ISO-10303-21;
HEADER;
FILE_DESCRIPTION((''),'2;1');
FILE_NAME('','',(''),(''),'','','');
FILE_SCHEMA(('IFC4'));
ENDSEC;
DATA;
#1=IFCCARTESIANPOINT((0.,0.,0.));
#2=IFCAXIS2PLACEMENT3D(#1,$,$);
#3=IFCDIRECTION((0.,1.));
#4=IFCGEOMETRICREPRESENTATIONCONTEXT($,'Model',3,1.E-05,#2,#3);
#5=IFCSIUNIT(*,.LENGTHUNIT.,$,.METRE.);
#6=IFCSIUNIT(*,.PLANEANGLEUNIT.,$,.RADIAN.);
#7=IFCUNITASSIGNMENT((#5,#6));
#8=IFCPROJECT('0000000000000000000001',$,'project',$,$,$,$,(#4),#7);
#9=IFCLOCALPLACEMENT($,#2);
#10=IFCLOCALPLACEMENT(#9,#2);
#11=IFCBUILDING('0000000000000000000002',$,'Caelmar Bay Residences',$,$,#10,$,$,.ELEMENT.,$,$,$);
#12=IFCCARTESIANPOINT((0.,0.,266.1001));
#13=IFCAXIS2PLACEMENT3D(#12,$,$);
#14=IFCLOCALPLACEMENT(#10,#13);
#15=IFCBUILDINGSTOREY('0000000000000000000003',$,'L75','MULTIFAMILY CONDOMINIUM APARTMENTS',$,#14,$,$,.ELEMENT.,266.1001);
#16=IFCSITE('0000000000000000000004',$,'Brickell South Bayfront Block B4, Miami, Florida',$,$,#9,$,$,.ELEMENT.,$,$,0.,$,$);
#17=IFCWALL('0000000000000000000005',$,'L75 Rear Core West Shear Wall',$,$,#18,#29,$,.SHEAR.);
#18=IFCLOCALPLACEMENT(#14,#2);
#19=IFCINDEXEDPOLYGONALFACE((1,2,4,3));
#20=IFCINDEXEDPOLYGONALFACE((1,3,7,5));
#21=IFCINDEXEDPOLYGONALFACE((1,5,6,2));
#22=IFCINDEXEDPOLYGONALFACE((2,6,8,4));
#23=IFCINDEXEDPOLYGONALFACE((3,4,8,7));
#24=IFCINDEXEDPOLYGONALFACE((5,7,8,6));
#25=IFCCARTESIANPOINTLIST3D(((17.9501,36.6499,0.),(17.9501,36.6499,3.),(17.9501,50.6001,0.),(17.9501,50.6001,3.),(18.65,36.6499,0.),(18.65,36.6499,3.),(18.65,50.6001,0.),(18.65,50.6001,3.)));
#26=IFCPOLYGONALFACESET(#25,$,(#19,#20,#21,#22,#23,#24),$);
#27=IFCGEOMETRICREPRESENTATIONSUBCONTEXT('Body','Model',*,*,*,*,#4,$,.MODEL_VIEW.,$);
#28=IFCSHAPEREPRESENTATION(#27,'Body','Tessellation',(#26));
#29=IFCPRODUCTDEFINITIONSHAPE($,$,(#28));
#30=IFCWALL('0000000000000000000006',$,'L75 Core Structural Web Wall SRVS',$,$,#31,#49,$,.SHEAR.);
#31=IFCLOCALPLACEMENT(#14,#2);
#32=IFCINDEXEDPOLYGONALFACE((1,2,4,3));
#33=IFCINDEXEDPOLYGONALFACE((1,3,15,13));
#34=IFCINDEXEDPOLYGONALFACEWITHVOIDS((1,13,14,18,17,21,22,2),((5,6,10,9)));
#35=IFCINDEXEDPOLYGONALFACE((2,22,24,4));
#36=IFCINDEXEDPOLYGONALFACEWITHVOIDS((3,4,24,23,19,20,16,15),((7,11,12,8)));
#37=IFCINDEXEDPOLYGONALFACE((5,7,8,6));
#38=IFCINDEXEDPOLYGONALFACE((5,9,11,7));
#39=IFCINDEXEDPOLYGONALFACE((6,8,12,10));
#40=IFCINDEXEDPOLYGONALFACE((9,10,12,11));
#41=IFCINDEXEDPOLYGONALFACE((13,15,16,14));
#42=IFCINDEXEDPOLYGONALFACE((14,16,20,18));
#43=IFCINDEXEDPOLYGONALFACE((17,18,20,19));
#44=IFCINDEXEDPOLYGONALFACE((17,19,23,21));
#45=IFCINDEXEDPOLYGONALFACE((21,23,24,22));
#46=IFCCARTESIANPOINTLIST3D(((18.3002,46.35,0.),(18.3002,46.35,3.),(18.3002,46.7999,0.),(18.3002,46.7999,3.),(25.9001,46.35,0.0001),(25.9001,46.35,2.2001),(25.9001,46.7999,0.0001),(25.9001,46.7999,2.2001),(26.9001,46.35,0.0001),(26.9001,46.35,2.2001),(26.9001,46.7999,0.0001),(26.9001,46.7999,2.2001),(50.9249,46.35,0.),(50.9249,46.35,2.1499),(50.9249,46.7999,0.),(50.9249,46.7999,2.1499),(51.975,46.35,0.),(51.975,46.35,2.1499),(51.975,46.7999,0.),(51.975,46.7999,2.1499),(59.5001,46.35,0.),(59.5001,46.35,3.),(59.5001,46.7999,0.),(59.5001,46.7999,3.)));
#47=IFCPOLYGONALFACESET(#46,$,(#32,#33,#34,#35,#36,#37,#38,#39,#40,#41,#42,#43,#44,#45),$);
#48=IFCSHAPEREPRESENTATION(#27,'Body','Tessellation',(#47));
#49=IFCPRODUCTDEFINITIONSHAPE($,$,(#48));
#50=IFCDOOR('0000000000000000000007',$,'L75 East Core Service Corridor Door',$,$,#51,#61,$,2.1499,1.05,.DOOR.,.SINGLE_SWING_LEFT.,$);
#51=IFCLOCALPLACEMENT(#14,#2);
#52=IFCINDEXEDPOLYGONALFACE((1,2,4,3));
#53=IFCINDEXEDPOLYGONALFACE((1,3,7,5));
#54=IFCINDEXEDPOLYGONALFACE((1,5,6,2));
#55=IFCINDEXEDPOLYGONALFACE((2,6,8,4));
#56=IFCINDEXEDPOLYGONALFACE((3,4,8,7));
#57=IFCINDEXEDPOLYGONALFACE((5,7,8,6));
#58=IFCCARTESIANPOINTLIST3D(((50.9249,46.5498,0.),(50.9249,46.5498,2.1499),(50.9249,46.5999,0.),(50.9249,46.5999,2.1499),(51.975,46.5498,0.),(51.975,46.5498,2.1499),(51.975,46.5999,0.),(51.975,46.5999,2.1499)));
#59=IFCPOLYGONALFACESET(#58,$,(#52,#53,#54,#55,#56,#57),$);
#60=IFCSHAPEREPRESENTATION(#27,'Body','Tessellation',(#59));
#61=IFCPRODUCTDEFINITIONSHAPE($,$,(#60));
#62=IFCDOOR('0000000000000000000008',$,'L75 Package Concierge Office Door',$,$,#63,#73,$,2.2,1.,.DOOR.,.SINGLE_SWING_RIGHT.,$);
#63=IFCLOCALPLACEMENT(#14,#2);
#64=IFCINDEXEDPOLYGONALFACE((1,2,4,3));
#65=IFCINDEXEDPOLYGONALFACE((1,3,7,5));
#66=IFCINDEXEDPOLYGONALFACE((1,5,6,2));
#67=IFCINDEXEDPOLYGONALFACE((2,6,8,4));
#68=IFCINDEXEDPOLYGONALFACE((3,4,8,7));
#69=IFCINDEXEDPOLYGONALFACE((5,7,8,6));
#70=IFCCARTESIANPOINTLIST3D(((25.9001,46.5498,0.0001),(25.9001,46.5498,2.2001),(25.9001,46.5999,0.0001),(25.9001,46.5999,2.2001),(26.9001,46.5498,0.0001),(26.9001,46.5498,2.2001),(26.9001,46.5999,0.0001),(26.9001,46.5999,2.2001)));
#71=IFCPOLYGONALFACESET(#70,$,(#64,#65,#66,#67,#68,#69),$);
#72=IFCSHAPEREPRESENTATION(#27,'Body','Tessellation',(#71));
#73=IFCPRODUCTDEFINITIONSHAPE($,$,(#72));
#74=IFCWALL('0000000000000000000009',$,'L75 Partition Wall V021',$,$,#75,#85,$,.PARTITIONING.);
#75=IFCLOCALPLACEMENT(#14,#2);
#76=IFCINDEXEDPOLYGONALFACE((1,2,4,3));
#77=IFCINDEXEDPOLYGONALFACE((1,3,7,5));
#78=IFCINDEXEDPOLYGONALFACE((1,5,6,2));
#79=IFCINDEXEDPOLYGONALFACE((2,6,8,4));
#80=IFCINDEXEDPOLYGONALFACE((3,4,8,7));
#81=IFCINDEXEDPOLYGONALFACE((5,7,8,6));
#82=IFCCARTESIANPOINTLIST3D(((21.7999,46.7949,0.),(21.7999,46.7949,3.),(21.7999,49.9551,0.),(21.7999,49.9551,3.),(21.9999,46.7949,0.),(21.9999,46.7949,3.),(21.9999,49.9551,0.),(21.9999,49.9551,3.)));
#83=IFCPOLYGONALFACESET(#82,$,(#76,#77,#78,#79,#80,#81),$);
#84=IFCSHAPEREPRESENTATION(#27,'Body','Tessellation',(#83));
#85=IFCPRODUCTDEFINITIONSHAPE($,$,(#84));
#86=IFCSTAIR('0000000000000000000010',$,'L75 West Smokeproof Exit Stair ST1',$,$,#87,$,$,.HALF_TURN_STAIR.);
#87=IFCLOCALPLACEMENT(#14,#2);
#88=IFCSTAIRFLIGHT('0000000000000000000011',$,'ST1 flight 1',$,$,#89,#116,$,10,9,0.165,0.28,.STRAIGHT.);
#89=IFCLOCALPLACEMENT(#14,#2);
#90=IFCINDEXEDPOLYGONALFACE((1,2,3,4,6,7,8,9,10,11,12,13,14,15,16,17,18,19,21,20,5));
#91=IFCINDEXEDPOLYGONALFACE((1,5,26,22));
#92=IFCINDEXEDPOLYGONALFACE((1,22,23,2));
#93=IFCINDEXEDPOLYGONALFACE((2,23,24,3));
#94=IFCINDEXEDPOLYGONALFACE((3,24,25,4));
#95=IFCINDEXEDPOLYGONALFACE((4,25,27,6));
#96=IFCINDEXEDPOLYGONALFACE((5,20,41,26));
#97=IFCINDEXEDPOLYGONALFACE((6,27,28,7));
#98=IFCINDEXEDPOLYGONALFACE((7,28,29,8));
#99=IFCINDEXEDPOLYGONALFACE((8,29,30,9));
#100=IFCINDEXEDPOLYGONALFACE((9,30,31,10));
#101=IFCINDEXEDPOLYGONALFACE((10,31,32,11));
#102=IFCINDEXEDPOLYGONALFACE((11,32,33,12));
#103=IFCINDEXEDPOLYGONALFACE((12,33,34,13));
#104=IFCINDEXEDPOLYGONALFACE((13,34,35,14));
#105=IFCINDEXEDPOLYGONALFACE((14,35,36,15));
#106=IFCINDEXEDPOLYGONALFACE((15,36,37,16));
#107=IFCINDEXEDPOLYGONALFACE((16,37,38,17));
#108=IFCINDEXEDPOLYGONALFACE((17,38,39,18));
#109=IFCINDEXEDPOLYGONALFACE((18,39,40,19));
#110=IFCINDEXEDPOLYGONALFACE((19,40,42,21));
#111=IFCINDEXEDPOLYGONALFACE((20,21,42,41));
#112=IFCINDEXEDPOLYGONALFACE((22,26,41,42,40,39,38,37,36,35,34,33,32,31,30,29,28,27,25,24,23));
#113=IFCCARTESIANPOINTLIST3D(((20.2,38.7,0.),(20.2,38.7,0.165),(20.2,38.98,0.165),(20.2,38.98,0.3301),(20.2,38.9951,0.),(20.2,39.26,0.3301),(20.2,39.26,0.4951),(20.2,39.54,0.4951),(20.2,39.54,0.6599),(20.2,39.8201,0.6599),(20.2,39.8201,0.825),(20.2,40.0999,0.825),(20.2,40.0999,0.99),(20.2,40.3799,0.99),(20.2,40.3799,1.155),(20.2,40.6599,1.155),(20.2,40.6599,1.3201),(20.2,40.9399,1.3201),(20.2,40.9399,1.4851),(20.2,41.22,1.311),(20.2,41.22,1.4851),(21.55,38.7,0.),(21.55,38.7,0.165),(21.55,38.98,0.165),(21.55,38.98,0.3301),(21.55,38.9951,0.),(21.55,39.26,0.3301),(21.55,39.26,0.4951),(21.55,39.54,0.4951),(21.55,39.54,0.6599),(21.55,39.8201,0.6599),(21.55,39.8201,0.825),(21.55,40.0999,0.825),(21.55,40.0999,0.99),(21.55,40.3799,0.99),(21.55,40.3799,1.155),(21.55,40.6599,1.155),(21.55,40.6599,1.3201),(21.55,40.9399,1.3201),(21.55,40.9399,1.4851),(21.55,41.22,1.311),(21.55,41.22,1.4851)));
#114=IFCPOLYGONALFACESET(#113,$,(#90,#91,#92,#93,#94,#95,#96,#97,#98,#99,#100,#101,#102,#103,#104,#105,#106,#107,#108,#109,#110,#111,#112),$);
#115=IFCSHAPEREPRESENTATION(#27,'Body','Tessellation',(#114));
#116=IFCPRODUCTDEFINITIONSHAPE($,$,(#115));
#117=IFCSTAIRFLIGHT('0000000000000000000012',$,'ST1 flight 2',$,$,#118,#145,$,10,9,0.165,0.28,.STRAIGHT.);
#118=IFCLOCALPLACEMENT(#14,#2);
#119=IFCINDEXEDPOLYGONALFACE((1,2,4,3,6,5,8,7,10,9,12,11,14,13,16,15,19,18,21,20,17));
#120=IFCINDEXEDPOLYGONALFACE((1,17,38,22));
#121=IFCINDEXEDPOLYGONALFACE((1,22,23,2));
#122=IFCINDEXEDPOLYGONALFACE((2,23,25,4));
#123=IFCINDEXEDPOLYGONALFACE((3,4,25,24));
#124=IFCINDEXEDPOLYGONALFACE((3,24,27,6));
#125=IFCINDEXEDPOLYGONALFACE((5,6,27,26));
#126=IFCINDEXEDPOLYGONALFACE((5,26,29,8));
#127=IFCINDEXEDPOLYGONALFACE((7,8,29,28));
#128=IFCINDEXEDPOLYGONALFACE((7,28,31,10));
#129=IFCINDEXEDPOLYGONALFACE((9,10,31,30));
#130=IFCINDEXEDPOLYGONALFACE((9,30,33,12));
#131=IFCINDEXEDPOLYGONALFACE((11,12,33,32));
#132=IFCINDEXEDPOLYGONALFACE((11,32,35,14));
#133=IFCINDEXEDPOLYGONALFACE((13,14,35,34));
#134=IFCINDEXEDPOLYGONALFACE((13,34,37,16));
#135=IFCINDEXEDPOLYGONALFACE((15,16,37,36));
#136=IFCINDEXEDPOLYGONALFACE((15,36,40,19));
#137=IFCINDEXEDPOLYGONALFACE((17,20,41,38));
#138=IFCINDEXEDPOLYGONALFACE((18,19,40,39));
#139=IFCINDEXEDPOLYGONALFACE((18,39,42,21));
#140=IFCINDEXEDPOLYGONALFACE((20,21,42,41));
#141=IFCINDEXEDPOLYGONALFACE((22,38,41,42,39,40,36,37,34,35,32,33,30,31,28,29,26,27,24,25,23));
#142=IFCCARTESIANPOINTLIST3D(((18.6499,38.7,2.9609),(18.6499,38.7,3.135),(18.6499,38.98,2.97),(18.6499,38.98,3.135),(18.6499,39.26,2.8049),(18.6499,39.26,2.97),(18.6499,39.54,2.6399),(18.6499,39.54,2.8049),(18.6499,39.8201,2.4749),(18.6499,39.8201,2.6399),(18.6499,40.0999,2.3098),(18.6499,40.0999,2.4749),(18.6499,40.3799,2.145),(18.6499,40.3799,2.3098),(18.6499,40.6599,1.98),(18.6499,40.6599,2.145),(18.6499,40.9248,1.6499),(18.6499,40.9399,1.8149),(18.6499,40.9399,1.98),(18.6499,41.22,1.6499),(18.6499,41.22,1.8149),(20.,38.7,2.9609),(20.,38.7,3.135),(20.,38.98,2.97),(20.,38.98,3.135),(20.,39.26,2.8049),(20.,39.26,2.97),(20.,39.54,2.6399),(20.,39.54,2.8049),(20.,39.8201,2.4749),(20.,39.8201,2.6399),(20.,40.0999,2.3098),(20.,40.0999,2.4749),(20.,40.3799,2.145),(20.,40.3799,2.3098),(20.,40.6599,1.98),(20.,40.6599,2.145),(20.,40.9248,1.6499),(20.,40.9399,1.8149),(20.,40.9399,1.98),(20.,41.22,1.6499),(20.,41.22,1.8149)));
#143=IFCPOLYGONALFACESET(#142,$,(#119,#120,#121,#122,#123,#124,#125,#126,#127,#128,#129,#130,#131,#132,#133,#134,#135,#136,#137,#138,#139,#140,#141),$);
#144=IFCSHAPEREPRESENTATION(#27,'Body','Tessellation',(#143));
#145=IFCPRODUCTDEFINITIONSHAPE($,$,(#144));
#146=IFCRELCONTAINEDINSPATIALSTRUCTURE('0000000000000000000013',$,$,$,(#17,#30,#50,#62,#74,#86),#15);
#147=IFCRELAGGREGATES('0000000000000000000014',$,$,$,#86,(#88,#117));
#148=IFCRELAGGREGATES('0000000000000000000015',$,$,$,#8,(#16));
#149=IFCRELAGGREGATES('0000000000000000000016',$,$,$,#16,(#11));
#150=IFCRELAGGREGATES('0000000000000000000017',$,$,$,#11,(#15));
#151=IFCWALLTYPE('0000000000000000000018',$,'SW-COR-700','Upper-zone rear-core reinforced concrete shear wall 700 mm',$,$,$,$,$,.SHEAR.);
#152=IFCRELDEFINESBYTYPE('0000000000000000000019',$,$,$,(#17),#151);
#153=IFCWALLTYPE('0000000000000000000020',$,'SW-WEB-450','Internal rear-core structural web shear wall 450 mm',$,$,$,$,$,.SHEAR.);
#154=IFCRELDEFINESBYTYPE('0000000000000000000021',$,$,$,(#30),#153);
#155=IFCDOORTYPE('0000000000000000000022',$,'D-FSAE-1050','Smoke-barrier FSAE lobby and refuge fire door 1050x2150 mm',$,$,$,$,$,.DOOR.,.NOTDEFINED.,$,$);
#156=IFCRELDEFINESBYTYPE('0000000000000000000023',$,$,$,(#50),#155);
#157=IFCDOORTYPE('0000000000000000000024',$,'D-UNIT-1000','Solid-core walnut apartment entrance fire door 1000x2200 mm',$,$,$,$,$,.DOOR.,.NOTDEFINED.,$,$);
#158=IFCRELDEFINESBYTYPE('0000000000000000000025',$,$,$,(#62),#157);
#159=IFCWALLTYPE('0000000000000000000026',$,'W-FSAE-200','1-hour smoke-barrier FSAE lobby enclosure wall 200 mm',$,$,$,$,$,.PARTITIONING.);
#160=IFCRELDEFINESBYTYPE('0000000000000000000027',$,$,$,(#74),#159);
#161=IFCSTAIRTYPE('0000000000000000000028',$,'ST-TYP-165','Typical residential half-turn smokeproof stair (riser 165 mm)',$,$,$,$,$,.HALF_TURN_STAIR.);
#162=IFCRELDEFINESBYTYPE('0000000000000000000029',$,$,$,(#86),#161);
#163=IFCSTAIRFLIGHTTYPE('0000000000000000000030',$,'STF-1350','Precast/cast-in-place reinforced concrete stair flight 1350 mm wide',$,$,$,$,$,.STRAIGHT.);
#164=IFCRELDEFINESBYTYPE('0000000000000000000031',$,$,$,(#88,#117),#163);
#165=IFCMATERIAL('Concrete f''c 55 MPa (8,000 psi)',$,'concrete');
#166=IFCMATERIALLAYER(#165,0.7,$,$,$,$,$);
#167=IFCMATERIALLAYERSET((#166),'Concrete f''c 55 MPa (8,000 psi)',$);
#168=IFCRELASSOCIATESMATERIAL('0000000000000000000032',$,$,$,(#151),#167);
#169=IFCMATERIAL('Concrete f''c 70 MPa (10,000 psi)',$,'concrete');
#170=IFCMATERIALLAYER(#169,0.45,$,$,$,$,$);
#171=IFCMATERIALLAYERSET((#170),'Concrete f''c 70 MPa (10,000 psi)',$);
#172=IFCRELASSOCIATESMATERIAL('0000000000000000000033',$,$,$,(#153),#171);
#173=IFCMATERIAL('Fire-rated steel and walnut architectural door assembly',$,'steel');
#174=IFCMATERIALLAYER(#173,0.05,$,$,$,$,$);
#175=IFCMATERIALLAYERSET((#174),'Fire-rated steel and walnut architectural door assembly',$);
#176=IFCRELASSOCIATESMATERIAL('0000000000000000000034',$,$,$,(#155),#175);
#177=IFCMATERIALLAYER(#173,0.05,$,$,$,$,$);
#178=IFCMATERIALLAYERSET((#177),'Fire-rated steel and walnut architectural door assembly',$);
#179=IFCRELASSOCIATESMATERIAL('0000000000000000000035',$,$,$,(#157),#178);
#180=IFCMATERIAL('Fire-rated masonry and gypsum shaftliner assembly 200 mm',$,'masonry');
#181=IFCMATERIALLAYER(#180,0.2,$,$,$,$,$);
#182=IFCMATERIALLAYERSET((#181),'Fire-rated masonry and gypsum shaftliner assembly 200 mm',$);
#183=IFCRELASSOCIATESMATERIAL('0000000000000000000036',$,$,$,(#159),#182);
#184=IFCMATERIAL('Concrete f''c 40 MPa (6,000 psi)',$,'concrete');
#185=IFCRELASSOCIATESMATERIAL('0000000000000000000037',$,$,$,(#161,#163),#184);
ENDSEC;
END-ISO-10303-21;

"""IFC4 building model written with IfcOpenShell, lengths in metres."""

from ifc_helpers import new_model, si_unit, direction, frame, frame_2d, origin, place, context, subcontext, project, spatial, polyline, rectangle, outline, extrude, material, layer, layer_set, type_object, element, fill, aggregate, save


model = new_model("IFC4")

# Units and contexts
model_context = context("Model", 3, precision=1e-05, world=origin(), true_north=direction((0.0, 1.0)))
body_context = subcontext(model_context, "Body", "Model", "MODEL_VIEW")
ifc_project = project(units=[si_unit("LENGTHUNIT", "METRE"), si_unit("PLANEANGLEUNIT", "RADIAN")], contexts=[model_context])

# Site, building, storey
site_placement = place(None, origin())
site = spatial("IfcSite", under=ifc_project, at=site_placement, Name="Brickell South Bayfront Block B4, Miami, Florida", CompositionType="ELEMENT", RefElevation=0.0)
building_placement = place(site_placement, origin())
building = spatial("IfcBuilding", under=site, at=building_placement, Name="Caelmar Bay Residences", CompositionType="ELEMENT")
storey_placement = place(building_placement, frame((0.0, 0.0, 266.1001)))
storey = spatial("IfcBuildingStorey", under=building, at=storey_placement, Name="L75", Description="MULTIFAMILY CONDOMINIUM APARTMENTS", CompositionType="ELEMENT", Elevation=266.1001)

# Wall
ifc_material_1 = material(Name="Concrete f'c 55 MPa (8,000 psi)", Category="concrete")
ifc_layer_1 = layer(ifc_material_1, 0.7)
ifc_layer_set_1 = layer_set([ifc_layer_1], Name="Concrete f'c 55 MPa (8,000 psi)")
wall_type_1 = type_object("IfcWallType", Name="SW-COR-700", Description="Upper-zone rear-core reinforced concrete shear wall 700 mm", PredefinedType="SHEAR", material=ifc_layer_set_1)
wall_1_placement = place(storey_placement, frame((18.3, 36.6499, 0.0), z_axis=(0.0, 0.0, 1.0), x_axis=(0.0, 1.0, 0.0)))
element("IfcWall", 1, at=wall_1_placement, inside=storey, type_object=wall_type_1, Name="L75 Rear Core West Shear Wall", PredefinedType="SHEAR", context=body_context, shape_type="SweptSolid", body=[
    extrude(rectangle(XDim=13.9502, YDim=0.7, at=frame_2d((6.9751, 0.0))), origin(), (0.0, 0.0, 1.0), 3.0),
])

# Shared definitions
ifc_material_2 = material(Name="Fire-rated steel and walnut architectural door assembly", Category="steel")

# Wall, openings, doors
ifc_material_3 = material(Name="Concrete f'c 70 MPa (10,000 psi)", Category="concrete")
ifc_layer_2 = layer(ifc_material_3, 0.45)
ifc_layer_set_2 = layer_set([ifc_layer_2], Name="Concrete f'c 70 MPa (10,000 psi)")
wall_type_2 = type_object("IfcWallType", Name="SW-WEB-450", Description="Internal rear-core structural web shear wall 450 mm", PredefinedType="SHEAR", material=ifc_layer_set_2)
ifc_layer_3 = layer(ifc_material_2, 0.05)
ifc_layer_set_3 = layer_set([ifc_layer_3], Name="Fire-rated steel and walnut architectural door assembly")
door_type_1 = type_object("IfcDoorType", Name="D-FSAE-1050", Description="Smoke-barrier FSAE lobby and refuge fire door 1050x2150 mm", OperationType="NOTDEFINED", PredefinedType="DOOR", material=ifc_layer_set_3)
ifc_layer_4 = layer(ifc_material_2, 0.05)
ifc_layer_set_4 = layer_set([ifc_layer_4], Name="Fire-rated steel and walnut architectural door assembly")
door_type_2 = type_object("IfcDoorType", Name="D-UNIT-1000", Description="Solid-core walnut apartment entrance fire door 1000x2200 mm", OperationType="NOTDEFINED", PredefinedType="DOOR", material=ifc_layer_set_4)
wall_2_placement = place(storey_placement, frame((18.3, 46.575, 0.0), z_axis=(0.0, 0.0, 1.0), x_axis=(1.0, 0.0, 0.0)))
wall_2 = element("IfcWall", 2, at=wall_2_placement, inside=storey, type_object=wall_type_2, Name="L75 Core Structural Web Wall SRVS", PredefinedType="SHEAR", context=body_context, shape_type="SweptSolid", body=[
    extrude(rectangle(XDim=41.2, YDim=0.45, at=frame_2d((20.6001, 0.0))), origin(), (0.0, 0.0, 1.0), 3.0),
])
opening_1_placement = place(wall_2_placement, frame((7.6001, 0.0, 0.0)))
opening_1 = element("IfcOpeningElement", 3, at=opening_1_placement, cuts=wall_2, PredefinedType="OPENING", context=body_context, shape_type="SweptSolid", body=[
    extrude(rectangle(XDim=1.0, YDim=2.2, at=frame_2d((0.5, 1.1001))), frame((0.0, 0.2349, 0.0), z_axis=(0.0, -1.0, 0.0), x_axis=(1.0, 0.0, 0.0)), (0.0, 0.0, 1.0), 0.47),
])
opening_2_placement = place(wall_2_placement, frame((32.625, 0.0, 0.0)))
opening_2 = element("IfcOpeningElement", 4, at=opening_2_placement, cuts=wall_2, PredefinedType="OPENING", context=body_context, shape_type="SweptSolid", body=[
    extrude(rectangle(XDim=1.05, YDim=2.1499, at=frame_2d((0.5249, 1.075))), frame((0.0, 0.2349, 0.0), z_axis=(0.0, -1.0, 0.0), x_axis=(1.0, 0.0, 0.0)), (0.0, 0.0, 1.0), 0.47),
])
door_1_placement = place(opening_2_placement, origin())
door_1 = element("IfcDoor", 5, at=door_1_placement, inside=storey, type_object=door_type_1, Name="L75 East Core Service Corridor Door", OperationType="SINGLE_SWING_LEFT", OverallHeight=2.1499, OverallWidth=1.05, PredefinedType="DOOR", context=body_context, shape_type="SweptSolid", body=[
    extrude(rectangle(XDim=1.05, YDim=2.1499, at=frame_2d((0.5249, 1.075))), frame((0.0, 0.0249, 0.0), z_axis=(0.0, -1.0, 0.0), x_axis=(1.0, 0.0, 0.0)), (0.0, 0.0, 1.0), 0.05),
])
fill(opening_2, door_1)
door_2_placement = place(opening_1_placement, origin())
door_2 = element("IfcDoor", 6, at=door_2_placement, inside=storey, type_object=door_type_2, Name="L75 Package Concierge Office Door", OperationType="SINGLE_SWING_RIGHT", OverallHeight=2.2, OverallWidth=1.0, PredefinedType="DOOR", context=body_context, shape_type="SweptSolid", body=[
    extrude(rectangle(XDim=1.0, YDim=2.2, at=frame_2d((0.5, 1.1001))), frame((0.0, 0.0249, 0.0), z_axis=(0.0, -1.0, 0.0), x_axis=(1.0, 0.0, 0.0)), (0.0, 0.0, 1.0), 0.05),
])
fill(opening_1, door_2)

# Wall
ifc_material_4 = material(Name="Fire-rated masonry and gypsum shaftliner assembly 200 mm", Category="masonry")
ifc_layer_5 = layer(ifc_material_4, 0.2)
ifc_layer_set_5 = layer_set([ifc_layer_5], Name="Fire-rated masonry and gypsum shaftliner assembly 200 mm")
wall_type_3 = type_object("IfcWallType", Name="W-FSAE-200", Description="1-hour smoke-barrier FSAE lobby enclosure wall 200 mm", PredefinedType="PARTITIONING", material=ifc_layer_set_5)
wall_3_placement = place(storey_placement, frame((21.8999, 46.7949, 0.0), z_axis=(0.0, 0.0, 1.0), x_axis=(0.0, 1.0, 0.0)))
element("IfcWall", 7, at=wall_3_placement, inside=storey, type_object=wall_type_3, Name="L75 Partition Wall V021", PredefinedType="PARTITIONING", context=body_context, shape_type="SweptSolid", body=[
    extrude(rectangle(XDim=3.1602, YDim=0.2, at=frame_2d((1.5801, 0.0))), origin(), (0.0, 0.0, 1.0), 3.0),
])

# Stair, stair flights
ifc_material_5 = material(Name="Concrete f'c 40 MPa (6,000 psi)", Category="concrete")
stair_type = type_object("IfcStairType", Name="ST-TYP-165", Description="Typical residential half-turn smokeproof stair (riser 165 mm)", PredefinedType="HALF_TURN_STAIR", material=ifc_material_5)
stair_placement = place(storey_placement, origin())
stair = element("IfcStair", 8, at=stair_placement, inside=storey, type_object=stair_type, Name="L75 West Smokeproof Exit Stair ST1", PredefinedType="HALF_TURN_STAIR")
stair_flight_type = type_object("IfcStairFlightType", Name="STF-1350", Description="Precast/cast-in-place reinforced concrete stair flight 1350 mm wide", PredefinedType="STRAIGHT", material=ifc_material_5)
stair_flight_1_placement = place(storey_placement, frame((20.875, 38.7, 0.0), z_axis=(0.0, 0.0, 1.0), x_axis=(0.0, 1.0, 0.0)))
stair_flight_1 = element("IfcStairFlight", 9, at=stair_flight_1_placement, type_object=stair_flight_type, Name="ST1 flight 1", NumberOfRisers=10, NumberOfTreads=9, PredefinedType="STRAIGHT", RiserHeight=0.165, TreadLength=0.28, context=body_context, shape_type="SweptSolid", body=[
    extrude(outline(polyline([(0.0, 0.0), (0.0, 0.165), (0.28, 0.165), (0.28, 0.3301), (0.5601, 0.3301), (0.5601, 0.4951), (0.8401, 0.4951), (0.8401, 0.6599), (1.1201, 0.6599), (1.1201, 0.825), (1.3999, 0.825), (1.3999, 0.99), (1.6799, 0.99), (1.6799, 1.155), (1.96, 1.155), (1.96, 1.3201), (2.24, 1.3201), (2.24, 1.4851), (2.52, 1.4851), (2.52, 1.6499), (2.52, 1.311), (0.2952, 0.0), (0.0, 0.0)])), frame((0.0, 0.675, 0.0), z_axis=(0.0, -1.0, 0.0), x_axis=(1.0, 0.0, 0.0)), (0.0, 0.0, 1.0), 1.3501),
])
stair_flight_2_placement = place(storey_placement, frame((19.325, 41.22, 1.6499), z_axis=(0.0, 0.0, 1.0), x_axis=(0.0, -1.0, 0.0)))
stair_flight_2 = element("IfcStairFlight", 10, at=stair_flight_2_placement, type_object=stair_flight_type, Name="ST1 flight 2", NumberOfRisers=10, NumberOfTreads=9, PredefinedType="STRAIGHT", RiserHeight=0.165, TreadLength=0.28, context=body_context, shape_type="SweptSolid", body=[
    extrude(outline(polyline([(0.0, 0.0), (0.0, 0.165), (0.28, 0.165), (0.28, 0.3301), (0.5601, 0.3301), (0.5601, 0.4951), (0.8401, 0.4951), (0.8401, 0.6599), (1.1201, 0.6599), (1.1201, 0.825), (1.3999, 0.825), (1.3999, 0.99), (1.6799, 0.99), (1.6799, 1.155), (1.96, 1.155), (1.96, 1.3201), (2.24, 1.3201), (2.24, 1.4851), (2.52, 1.4851), (2.52, 1.6499), (2.52, 1.311), (0.2952, 0.0), (0.0, 0.0)])), frame((0.0, 0.675, 0.0), z_axis=(0.0, -1.0, 0.0), x_axis=(1.0, 0.0, 0.0)), (0.0, 0.0, 1.0), 1.3501),
])
aggregate(stair, [stair_flight_1, stair_flight_2])

save(model, "model.ifc")
